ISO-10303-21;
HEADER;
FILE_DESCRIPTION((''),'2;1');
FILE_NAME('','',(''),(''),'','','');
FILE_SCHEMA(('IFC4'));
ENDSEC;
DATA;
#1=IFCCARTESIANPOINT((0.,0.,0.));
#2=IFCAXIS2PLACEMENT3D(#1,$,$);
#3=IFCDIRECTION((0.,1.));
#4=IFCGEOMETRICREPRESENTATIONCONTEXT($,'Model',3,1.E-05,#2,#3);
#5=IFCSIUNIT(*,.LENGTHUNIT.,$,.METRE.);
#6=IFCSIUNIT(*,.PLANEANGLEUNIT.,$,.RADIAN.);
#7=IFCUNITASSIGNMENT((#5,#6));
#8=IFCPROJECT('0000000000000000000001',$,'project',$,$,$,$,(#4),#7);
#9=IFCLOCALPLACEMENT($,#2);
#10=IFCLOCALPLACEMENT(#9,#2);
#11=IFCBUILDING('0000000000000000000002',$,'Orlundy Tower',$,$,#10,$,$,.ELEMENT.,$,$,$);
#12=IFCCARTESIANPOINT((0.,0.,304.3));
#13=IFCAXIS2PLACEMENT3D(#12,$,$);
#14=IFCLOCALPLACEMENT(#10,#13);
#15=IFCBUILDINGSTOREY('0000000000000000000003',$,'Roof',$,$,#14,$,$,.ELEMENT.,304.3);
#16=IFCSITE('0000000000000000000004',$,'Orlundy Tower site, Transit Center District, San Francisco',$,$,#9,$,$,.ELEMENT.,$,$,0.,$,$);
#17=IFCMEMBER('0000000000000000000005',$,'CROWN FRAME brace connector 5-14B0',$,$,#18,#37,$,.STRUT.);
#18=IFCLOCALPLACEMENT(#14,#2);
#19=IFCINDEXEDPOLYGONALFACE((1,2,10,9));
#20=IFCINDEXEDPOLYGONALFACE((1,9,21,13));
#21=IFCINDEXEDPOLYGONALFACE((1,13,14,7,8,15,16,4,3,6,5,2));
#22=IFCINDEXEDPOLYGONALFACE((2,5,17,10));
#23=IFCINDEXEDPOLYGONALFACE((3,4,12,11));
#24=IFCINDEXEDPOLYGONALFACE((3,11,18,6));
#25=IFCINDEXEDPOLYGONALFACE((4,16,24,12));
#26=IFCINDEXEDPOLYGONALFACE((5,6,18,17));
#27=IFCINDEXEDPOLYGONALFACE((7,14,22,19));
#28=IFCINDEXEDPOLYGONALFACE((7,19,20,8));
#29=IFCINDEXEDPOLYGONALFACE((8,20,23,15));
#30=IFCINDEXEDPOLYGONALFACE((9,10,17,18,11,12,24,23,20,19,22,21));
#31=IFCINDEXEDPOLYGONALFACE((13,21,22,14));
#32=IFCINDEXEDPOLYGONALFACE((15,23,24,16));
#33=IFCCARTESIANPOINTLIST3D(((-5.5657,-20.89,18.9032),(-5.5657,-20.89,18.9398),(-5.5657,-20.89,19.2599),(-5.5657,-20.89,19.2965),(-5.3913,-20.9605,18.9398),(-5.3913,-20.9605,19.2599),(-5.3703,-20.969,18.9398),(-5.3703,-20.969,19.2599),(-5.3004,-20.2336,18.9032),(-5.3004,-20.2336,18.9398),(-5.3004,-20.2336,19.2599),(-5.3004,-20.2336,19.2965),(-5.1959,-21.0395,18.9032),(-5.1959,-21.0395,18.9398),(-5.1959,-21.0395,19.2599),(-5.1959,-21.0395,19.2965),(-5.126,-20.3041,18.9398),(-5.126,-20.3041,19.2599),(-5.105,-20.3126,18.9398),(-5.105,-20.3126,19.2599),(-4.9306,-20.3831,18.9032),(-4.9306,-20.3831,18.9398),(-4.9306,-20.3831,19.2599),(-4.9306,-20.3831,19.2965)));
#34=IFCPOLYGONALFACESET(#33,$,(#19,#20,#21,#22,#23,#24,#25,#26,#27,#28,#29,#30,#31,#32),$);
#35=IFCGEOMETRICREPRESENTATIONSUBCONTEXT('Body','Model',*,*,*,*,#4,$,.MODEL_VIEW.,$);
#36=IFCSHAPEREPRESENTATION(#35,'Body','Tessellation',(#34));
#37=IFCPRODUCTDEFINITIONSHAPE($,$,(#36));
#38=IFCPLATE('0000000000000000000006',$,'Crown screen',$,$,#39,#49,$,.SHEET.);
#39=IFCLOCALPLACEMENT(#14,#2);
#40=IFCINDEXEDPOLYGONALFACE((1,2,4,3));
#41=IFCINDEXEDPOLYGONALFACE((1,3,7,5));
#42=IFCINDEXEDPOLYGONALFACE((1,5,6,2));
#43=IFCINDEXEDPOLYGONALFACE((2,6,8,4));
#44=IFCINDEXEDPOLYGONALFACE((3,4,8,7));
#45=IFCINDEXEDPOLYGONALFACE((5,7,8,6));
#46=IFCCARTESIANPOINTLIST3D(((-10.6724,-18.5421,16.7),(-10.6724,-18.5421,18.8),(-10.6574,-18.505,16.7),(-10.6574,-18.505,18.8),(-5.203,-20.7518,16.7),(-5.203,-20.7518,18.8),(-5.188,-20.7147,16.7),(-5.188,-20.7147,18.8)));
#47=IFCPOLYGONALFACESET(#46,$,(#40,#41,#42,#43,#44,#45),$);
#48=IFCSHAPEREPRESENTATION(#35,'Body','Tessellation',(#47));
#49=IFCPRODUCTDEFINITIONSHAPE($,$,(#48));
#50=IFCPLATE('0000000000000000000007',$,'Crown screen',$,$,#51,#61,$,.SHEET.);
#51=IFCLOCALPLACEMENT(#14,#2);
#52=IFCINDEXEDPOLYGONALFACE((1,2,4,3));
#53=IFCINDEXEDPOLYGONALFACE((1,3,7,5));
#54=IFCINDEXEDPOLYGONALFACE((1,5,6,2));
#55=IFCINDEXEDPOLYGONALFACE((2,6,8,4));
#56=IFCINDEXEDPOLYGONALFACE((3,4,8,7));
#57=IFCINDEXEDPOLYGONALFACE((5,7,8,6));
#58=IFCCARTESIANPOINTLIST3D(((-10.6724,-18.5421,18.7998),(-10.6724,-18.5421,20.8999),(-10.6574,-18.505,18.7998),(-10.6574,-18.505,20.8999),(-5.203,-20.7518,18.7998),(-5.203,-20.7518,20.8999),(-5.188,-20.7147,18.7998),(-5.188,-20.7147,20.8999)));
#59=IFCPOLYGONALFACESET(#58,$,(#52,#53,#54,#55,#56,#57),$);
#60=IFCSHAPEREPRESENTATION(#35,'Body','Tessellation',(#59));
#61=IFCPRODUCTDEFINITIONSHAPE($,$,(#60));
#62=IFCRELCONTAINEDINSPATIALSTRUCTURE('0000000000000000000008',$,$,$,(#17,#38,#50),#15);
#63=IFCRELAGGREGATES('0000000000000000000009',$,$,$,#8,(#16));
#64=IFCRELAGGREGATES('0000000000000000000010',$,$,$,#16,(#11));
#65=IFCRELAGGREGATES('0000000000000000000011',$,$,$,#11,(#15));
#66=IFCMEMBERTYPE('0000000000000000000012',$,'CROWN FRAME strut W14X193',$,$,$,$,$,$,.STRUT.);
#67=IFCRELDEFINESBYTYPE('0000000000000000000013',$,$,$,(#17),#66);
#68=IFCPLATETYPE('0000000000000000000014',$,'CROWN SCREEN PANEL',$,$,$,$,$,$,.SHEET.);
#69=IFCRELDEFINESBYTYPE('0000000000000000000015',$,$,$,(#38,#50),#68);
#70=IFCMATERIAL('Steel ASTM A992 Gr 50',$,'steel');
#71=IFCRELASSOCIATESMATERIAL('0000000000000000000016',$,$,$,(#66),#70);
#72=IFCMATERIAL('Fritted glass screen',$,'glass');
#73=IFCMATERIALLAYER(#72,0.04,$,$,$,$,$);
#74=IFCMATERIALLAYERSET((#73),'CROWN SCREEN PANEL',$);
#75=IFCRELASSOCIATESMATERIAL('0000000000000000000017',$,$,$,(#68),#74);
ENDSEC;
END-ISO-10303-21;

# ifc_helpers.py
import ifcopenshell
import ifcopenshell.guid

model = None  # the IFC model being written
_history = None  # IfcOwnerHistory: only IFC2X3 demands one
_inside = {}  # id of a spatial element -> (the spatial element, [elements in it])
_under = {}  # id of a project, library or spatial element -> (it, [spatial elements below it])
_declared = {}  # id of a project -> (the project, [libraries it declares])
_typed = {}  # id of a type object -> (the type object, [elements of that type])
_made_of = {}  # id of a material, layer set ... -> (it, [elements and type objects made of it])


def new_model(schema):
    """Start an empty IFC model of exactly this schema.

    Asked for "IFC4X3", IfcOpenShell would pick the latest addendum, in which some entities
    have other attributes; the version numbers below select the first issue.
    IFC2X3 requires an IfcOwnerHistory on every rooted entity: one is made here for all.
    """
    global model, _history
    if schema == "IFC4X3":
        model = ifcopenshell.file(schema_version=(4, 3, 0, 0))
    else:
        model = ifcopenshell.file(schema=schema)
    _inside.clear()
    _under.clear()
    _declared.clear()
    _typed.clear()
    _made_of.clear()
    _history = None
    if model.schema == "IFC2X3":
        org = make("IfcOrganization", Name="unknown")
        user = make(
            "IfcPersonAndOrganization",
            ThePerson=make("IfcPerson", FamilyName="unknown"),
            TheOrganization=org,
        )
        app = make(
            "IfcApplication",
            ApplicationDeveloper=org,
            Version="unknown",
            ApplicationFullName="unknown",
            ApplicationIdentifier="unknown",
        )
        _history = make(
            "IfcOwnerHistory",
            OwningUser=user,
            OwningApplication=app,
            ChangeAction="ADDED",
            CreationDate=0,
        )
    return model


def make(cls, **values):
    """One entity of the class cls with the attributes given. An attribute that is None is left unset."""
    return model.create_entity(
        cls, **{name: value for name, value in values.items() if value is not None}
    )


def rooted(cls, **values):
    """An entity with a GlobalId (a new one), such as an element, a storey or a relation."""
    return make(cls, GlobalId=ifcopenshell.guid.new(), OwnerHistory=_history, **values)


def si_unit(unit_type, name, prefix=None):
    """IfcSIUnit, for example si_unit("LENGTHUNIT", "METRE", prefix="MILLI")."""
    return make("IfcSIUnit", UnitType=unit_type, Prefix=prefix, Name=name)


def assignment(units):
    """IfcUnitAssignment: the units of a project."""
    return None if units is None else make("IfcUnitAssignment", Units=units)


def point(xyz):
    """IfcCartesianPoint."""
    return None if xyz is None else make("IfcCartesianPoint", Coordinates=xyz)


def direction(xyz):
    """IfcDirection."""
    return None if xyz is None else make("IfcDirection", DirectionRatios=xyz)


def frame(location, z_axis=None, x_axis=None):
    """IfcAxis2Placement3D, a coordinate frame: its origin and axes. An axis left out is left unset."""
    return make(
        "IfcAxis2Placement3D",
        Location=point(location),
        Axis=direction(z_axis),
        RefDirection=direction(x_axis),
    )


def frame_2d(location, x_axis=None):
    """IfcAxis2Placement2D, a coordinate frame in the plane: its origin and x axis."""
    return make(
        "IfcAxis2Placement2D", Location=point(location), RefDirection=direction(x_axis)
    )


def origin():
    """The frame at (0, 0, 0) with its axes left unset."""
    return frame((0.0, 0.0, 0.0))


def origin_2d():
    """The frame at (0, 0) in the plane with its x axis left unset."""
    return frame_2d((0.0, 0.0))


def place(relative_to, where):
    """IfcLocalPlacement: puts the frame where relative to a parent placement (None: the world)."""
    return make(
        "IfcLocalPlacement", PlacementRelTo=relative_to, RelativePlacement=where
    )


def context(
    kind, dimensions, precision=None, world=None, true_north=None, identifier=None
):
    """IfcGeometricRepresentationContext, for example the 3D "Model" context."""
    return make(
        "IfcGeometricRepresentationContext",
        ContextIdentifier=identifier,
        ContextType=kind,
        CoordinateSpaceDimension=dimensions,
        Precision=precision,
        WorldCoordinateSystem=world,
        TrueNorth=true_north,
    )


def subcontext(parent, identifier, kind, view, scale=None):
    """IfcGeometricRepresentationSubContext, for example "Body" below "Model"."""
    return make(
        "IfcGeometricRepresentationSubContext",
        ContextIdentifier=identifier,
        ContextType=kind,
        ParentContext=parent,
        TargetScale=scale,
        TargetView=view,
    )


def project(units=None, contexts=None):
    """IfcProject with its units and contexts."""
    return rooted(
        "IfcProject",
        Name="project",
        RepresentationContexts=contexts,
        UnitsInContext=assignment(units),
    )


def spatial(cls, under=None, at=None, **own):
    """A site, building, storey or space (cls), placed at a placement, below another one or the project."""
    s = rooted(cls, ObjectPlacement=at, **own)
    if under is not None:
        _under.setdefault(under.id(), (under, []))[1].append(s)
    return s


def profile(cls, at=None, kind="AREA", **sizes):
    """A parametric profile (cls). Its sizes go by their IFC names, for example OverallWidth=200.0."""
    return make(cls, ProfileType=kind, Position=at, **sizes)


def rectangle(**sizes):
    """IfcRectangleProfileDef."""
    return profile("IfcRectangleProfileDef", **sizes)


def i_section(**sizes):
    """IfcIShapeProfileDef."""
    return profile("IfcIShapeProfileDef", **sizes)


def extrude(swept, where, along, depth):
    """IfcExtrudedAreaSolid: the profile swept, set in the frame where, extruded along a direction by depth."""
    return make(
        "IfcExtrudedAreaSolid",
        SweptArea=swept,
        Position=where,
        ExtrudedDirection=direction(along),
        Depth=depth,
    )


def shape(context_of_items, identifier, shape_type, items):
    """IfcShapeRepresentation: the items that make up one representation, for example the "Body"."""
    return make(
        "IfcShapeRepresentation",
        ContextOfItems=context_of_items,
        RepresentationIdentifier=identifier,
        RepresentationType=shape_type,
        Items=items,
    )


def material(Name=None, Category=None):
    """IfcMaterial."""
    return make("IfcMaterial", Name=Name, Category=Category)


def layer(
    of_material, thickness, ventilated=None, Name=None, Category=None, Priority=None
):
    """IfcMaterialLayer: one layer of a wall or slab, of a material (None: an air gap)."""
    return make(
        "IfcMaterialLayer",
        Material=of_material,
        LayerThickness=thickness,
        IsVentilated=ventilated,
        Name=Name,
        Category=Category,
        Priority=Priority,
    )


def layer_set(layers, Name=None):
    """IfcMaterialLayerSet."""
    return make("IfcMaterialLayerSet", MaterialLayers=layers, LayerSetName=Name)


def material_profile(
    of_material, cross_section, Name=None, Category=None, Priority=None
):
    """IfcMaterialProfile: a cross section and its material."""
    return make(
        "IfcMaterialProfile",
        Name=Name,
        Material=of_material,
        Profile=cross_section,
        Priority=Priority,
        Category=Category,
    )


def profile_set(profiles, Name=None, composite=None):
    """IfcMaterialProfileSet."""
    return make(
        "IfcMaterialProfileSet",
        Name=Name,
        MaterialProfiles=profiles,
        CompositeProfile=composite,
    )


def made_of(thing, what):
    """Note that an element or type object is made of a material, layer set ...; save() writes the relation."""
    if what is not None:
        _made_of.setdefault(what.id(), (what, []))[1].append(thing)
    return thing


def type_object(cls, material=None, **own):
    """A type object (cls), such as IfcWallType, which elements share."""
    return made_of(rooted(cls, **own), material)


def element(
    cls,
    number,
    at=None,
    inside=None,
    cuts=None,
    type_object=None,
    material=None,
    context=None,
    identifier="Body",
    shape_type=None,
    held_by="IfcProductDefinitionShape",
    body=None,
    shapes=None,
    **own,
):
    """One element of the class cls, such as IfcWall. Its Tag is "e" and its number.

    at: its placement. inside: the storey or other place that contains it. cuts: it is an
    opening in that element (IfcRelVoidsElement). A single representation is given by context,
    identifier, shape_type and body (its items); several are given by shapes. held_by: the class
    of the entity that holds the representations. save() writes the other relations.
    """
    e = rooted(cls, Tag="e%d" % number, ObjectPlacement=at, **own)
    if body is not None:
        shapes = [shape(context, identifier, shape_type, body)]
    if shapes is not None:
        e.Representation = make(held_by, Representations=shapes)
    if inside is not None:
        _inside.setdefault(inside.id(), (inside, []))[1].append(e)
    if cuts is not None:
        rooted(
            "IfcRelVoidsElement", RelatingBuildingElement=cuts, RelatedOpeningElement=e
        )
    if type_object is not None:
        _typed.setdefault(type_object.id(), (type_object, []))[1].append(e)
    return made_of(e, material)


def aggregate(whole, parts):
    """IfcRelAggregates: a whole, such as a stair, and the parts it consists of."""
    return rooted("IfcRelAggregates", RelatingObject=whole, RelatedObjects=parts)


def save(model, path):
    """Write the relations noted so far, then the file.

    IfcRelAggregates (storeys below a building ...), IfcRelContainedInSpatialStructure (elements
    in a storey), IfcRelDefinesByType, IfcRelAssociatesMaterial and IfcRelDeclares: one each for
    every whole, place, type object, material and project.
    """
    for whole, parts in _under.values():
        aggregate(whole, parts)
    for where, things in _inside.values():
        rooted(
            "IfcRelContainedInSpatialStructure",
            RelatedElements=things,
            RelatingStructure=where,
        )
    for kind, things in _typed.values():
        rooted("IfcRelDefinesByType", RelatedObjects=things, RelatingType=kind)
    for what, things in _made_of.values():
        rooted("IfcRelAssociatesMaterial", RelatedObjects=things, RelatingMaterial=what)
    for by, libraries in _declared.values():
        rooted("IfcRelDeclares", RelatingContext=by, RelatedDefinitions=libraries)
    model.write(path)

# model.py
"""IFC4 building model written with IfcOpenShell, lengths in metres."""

from ifc_helpers import new_model, si_unit, direction, frame, origin, origin_2d, place, context, subcontext, project, spatial, rectangle, i_section, extrude, material, layer, layer_set, material_profile, profile_set, type_object, element, save


model = new_model("IFC4")

# Units and contexts
model_context = context("Model", 3, precision=1e-05, world=origin(), true_north=direction((0.0, 1.0)))
body_context = subcontext(model_context, "Body", "Model", "MODEL_VIEW")
ifc_project = project(units=[si_unit("LENGTHUNIT", "METRE"), si_unit("PLANEANGLEUNIT", "RADIAN")], contexts=[model_context])

# Site, building, storey
site_placement = place(None, origin())
site = spatial("IfcSite", under=ifc_project, at=site_placement, Name="Orlundy Tower site, Transit Center District, San Francisco", CompositionType="ELEMENT", RefElevation=0.0)
building_placement = place(site_placement, origin())
building = spatial("IfcBuilding", under=site, at=building_placement, Name="Orlundy Tower", CompositionType="ELEMENT")
storey_placement = place(building_placement, frame((0.0, 0.0, 304.3)))
storey = spatial("IfcBuildingStorey", under=building, at=storey_placement, Name="Roof", CompositionType="ELEMENT", Elevation=304.3)

# Member
ifc_material_1 = material(Name="Steel ASTM A992 Gr 50", Category="steel")
ifc_material_profile_1 = material_profile(ifc_material_1, i_section(OverallWidth=0.3989, OverallDepth=0.3933, WebThickness=0.0227, FlangeThickness=0.0366, at=origin_2d()), Name="W14X193")
ifc_profile_set_1 = profile_set([ifc_material_profile_1], Name="Steel ASTM A992 Gr 50")
member_type = type_object("IfcMemberType", Name="CROWN FRAME strut W14X193", PredefinedType="STRUT", material=ifc_profile_set_1)
for number, where, z_axis, x_axis, name in (
    (1, (-5.1155, -20.3083, 19.0999), (-0.374777, -0.927115, 0.0), (0.927115, -0.374777, 0.0), "CROWN FRAME brace connector 5-14B0"),
):
    element("IfcMember", number, at=place(storey_placement, frame(where, z_axis=z_axis, x_axis=x_axis)), inside=storey, type_object=member_type, Name=name, PredefinedType="STRUT", context=body_context, shape_type="SweptSolid", body=[
        extrude(i_section(OverallWidth=0.3989, OverallDepth=0.3933, WebThickness=0.0227, FlangeThickness=0.0366, at=origin_2d()), origin(), (0.0, 0.0, 1.0), 0.708),
    ])

# Plates
ifc_material_2 = material(Name="Fritted glass screen", Category="glass")
ifc_layer = layer(ifc_material_2, 0.04)
ifc_layer_set = layer_set([ifc_layer], Name="CROWN SCREEN PANEL")
plate_type = type_object("IfcPlateType", Name="CROWN SCREEN PANEL", PredefinedType="SHEET", material=ifc_layer_set)
for number, where, z_axis, x_axis, name in (
    (2, (-7.9302, -19.6284, 16.7), (0.0, 0.0, 1.0), (0.927188, -0.374597, 0.0), "Crown screen"),
    (3, (-7.9302, -19.6284, 18.7998), (0.0, 0.0, 1.0), (0.927188, -0.374597, 0.0), "Crown screen"),
):
    element("IfcPlate", number, at=place(storey_placement, frame(where, z_axis=z_axis, x_axis=x_axis)), inside=storey, type_object=plate_type, Name=name, PredefinedType="SHEET", context=body_context, shape_type="SweptSolid", body=[
        extrude(rectangle(XDim=5.8989, YDim=0.04, at=origin_2d()), origin(), (0.0, 0.0, 1.0), 2.1001),
    ])

save(model, "model.ifc")
